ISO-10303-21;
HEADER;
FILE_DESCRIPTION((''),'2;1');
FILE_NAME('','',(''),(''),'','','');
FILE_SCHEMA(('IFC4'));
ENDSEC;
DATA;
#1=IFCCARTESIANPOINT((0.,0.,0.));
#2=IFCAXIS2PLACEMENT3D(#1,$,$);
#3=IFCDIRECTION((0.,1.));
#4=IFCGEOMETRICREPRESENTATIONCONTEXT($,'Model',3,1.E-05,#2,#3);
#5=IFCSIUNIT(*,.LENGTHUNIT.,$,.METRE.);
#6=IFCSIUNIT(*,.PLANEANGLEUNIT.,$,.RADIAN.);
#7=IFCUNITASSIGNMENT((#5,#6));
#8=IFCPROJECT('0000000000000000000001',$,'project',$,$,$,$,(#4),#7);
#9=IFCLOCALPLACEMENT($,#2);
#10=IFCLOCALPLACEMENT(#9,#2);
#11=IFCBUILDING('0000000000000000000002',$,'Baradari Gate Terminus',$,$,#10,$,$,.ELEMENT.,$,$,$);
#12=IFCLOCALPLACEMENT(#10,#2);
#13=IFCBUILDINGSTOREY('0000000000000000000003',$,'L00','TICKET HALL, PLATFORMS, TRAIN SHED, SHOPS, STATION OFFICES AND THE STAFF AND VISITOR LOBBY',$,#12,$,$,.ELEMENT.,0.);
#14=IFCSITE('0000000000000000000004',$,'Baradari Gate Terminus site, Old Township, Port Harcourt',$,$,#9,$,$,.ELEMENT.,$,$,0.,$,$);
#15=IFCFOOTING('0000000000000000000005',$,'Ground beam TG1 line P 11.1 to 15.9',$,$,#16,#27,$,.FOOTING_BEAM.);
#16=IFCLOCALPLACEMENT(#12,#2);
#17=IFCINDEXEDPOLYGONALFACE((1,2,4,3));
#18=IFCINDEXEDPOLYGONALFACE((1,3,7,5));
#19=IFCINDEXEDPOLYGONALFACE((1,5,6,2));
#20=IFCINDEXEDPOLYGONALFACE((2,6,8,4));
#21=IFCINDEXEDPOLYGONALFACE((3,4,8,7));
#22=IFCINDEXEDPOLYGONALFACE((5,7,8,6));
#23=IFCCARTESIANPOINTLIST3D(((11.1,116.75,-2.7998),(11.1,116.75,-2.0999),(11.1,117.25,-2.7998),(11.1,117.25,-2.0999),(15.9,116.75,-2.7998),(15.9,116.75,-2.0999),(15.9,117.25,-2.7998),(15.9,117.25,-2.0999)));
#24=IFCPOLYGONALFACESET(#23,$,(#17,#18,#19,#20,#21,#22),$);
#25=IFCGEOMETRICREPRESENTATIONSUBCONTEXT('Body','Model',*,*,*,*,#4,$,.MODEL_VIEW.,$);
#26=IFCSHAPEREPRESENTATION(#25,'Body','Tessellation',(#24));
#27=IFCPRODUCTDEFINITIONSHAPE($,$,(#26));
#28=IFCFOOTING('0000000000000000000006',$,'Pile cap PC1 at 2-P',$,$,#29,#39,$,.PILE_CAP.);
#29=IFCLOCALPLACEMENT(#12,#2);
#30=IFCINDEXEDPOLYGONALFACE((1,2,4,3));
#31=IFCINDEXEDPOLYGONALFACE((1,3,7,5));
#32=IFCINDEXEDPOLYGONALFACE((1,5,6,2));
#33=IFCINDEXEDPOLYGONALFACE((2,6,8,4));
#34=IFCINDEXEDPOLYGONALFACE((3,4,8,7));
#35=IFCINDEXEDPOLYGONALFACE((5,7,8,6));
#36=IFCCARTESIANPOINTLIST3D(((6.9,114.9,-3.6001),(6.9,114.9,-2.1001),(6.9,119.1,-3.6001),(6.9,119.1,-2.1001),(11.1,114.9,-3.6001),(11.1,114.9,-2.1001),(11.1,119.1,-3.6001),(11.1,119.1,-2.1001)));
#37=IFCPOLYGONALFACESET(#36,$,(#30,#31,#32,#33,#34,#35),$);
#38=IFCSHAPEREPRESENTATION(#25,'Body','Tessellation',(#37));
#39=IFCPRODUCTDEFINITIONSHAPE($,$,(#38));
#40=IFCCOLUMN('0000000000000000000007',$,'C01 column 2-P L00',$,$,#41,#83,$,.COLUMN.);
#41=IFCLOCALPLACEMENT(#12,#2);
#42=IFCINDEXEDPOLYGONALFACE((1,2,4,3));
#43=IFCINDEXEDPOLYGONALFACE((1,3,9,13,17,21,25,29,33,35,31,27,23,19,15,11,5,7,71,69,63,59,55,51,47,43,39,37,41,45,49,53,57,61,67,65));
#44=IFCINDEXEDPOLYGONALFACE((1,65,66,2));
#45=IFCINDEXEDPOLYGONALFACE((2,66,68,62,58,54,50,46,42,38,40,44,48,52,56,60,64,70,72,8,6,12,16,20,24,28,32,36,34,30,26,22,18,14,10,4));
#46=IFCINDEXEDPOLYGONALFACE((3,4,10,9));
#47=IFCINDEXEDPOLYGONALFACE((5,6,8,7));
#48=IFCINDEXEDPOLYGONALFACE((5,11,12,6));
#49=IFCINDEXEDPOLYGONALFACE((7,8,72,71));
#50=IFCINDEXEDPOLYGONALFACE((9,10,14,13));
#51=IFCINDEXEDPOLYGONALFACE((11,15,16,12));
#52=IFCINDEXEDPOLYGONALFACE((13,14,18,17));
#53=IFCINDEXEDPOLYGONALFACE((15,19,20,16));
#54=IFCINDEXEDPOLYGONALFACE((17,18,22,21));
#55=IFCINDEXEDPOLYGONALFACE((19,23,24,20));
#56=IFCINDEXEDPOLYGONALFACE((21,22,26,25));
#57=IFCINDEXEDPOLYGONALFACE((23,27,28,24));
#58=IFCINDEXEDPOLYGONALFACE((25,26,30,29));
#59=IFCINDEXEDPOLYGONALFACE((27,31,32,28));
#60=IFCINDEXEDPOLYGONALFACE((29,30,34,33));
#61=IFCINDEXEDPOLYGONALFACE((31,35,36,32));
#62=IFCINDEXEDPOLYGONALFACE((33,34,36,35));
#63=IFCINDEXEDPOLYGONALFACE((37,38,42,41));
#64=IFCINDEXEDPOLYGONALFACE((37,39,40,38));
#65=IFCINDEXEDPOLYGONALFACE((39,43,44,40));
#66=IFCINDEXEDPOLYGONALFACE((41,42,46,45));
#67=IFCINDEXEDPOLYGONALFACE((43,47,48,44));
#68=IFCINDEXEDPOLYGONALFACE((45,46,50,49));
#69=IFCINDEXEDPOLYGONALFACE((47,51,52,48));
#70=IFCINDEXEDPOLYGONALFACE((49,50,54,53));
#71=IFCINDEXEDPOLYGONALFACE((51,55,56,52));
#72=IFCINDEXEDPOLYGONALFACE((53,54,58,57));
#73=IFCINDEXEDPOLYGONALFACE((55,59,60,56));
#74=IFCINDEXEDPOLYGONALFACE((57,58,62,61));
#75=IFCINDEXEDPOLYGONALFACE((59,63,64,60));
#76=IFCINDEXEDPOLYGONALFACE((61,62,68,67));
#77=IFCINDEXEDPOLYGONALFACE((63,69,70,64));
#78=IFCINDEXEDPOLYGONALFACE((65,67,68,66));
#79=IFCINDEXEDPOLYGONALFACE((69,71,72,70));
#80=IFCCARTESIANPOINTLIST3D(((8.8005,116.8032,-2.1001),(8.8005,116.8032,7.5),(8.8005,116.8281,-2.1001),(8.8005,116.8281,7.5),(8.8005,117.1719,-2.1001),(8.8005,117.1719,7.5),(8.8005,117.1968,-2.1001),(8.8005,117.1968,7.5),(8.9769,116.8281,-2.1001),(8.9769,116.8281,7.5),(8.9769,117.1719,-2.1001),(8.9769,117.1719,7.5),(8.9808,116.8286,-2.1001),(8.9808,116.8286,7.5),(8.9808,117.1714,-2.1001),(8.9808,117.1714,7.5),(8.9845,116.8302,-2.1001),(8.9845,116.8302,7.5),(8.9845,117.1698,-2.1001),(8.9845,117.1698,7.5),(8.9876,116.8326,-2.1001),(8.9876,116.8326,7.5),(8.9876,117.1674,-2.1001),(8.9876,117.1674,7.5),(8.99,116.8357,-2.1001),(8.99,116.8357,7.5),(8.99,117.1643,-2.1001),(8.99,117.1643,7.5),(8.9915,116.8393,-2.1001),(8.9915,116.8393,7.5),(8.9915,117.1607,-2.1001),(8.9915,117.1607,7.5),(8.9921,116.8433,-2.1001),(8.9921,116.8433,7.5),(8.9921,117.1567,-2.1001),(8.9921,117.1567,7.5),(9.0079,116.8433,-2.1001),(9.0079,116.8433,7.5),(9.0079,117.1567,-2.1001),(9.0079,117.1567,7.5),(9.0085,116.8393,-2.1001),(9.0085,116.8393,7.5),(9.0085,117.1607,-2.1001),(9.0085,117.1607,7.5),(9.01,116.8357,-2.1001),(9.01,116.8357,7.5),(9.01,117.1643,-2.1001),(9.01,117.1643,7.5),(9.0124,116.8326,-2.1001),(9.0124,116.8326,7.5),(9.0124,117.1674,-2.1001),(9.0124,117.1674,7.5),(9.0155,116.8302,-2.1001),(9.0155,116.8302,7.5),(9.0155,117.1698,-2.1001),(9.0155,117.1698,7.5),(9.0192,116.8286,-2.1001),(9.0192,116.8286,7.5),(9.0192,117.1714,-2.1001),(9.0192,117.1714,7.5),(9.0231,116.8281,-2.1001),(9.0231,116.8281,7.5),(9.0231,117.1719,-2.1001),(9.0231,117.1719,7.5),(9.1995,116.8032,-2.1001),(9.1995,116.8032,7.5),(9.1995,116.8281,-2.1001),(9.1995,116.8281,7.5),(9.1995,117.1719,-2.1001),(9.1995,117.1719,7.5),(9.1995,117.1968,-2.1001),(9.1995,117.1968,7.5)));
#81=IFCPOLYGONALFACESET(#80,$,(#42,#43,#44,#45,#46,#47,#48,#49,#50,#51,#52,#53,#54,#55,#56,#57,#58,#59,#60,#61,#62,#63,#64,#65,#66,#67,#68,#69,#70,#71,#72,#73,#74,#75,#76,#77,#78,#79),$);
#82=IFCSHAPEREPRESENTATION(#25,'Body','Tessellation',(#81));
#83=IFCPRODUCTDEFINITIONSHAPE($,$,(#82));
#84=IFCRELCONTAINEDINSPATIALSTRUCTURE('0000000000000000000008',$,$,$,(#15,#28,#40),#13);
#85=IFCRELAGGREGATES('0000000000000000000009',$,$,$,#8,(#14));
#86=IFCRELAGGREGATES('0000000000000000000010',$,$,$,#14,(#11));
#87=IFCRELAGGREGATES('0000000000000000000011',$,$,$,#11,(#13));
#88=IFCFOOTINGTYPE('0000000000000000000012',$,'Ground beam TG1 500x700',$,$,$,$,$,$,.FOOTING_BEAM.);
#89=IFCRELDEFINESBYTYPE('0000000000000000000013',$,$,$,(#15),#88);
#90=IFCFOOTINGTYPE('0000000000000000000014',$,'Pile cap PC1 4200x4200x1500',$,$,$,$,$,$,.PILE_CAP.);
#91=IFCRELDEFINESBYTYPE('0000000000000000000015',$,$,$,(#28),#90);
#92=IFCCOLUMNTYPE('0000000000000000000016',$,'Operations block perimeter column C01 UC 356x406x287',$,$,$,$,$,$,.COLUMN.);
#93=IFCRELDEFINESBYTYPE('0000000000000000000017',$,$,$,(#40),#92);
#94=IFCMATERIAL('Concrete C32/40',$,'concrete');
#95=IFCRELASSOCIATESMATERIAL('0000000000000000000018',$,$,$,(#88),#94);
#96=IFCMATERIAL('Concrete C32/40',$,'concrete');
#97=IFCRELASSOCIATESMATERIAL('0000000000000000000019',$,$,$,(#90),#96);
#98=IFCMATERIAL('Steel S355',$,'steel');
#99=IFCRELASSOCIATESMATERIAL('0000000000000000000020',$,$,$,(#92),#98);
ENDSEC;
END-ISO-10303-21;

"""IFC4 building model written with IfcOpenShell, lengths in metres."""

from ifc_helpers import new_model, si_unit, direction, frame, origin, origin_2d, place, context, subcontext, project, spatial, rectangle, i_section, extrude, material, material_profile, profile_set, type_object, element, save


model = new_model("IFC4")

# Units and contexts
model_context = context("Model", 3, precision=1e-05, world=origin(), true_north=direction((0.0, 1.0)))
body_context = subcontext(model_context, "Body", "Model", "MODEL_VIEW")
ifc_project = project(units=[si_unit("LENGTHUNIT", "METRE"), si_unit("PLANEANGLEUNIT", "RADIAN")], contexts=[model_context])

# Site, building, storey
site_placement = place(None, origin())
site = spatial("IfcSite", under=ifc_project, at=site_placement, Name="Baradari Gate Terminus site, Old Township, Port Harcourt", CompositionType="ELEMENT", RefElevation=0.0)
building_placement = place(site_placement, origin())
building = spatial("IfcBuilding", under=site, at=building_placement, Name="Baradari Gate Terminus", CompositionType="ELEMENT")
storey_placement = place(building_placement, origin())
storey = spatial("IfcBuildingStorey", under=building, at=storey_placement, Name="L00", Description="TICKET HALL, PLATFORMS, TRAIN SHED, SHOPS, STATION OFFICES AND THE STAFF AND VISITOR LOBBY", CompositionType="ELEMENT", Elevation=0.0)

# Footings
ifc_material_1 = material(Name="Concrete C32/40", Category="concrete")
footing_type_1 = type_object("IfcFootingType", Name="Ground beam TG1 500x700", PredefinedType="FOOTING_BEAM", material=ifc_material_1)
footing_1_placement = place(storey_placement, frame((13.5, 117.0, -2.7998), z_axis=(0.0, 0.0, 1.0), x_axis=(1.0, 0.0, 0.0)))
element("IfcFooting", 1, at=footing_1_placement, inside=storey, type_object=footing_type_1, Name="Ground beam TG1 line P 11.1 to 15.9", PredefinedType="FOOTING_BEAM", context=body_context, shape_type="SweptSolid", body=[
    extrude(rectangle(XDim=4.8, YDim=0.5, at=origin_2d()), origin(), (0.0, 0.0, 1.0), 0.7),
])
ifc_material_2 = material(Name="Concrete C32/40", Category="concrete")
footing_type_2 = type_object("IfcFootingType", Name="Pile cap PC1 4200x4200x1500", PredefinedType="PILE_CAP", material=ifc_material_2)
footing_2_placement = place(storey_placement, frame((9.0, 117.0, -3.6001), z_axis=(0.0, 0.0, 1.0), x_axis=(1.0, 0.0, 0.0)))
element("IfcFooting", 2, at=footing_2_placement, inside=storey, type_object=footing_type_2, Name="Pile cap PC1 at 2-P", PredefinedType="PILE_CAP", context=body_context, shape_type="SweptSolid", body=[
    extrude(rectangle(XDim=4.2, YDim=4.2, at=origin_2d()), origin(), (0.0, 0.0, 1.0), 1.5),
])

# Column
ifc_material_3 = material(Name="Steel S355", Category="steel")
ifc_material_profile = material_profile(ifc_material_3, i_section(OverallWidth=0.3989, OverallDepth=0.3936, WebThickness=0.0159, FlangeThickness=0.0249, FilletRadius=0.0151, at=origin_2d()), Name="UC 356x406x287")
ifc_profile_set = profile_set([ifc_material_profile], Name="Steel S355")
column_type = type_object("IfcColumnType", Name="Operations block perimeter column C01 UC 356x406x287", PredefinedType="COLUMN", material=ifc_profile_set)
column_placement = place(storey_placement, frame((9.0, 117.0, -2.1001), z_axis=(0.0, 0.0, 1.0), x_axis=(1.0, 0.0, 0.0)))
element("IfcColumn", 3, at=column_placement, inside=storey, type_object=column_type, Name="C01 column 2-P L00", PredefinedType="COLUMN", context=body_context, shape_type="SweptSolid", body=[
    extrude(i_section(OverallWidth=0.3989, OverallDepth=0.3936, WebThickness=0.0159, FlangeThickness=0.0249, FilletRadius=0.0151, at=origin_2d()), origin(), (0.0, 0.0, 1.0), 9.6001),
])

save(model, "model.ifc")
